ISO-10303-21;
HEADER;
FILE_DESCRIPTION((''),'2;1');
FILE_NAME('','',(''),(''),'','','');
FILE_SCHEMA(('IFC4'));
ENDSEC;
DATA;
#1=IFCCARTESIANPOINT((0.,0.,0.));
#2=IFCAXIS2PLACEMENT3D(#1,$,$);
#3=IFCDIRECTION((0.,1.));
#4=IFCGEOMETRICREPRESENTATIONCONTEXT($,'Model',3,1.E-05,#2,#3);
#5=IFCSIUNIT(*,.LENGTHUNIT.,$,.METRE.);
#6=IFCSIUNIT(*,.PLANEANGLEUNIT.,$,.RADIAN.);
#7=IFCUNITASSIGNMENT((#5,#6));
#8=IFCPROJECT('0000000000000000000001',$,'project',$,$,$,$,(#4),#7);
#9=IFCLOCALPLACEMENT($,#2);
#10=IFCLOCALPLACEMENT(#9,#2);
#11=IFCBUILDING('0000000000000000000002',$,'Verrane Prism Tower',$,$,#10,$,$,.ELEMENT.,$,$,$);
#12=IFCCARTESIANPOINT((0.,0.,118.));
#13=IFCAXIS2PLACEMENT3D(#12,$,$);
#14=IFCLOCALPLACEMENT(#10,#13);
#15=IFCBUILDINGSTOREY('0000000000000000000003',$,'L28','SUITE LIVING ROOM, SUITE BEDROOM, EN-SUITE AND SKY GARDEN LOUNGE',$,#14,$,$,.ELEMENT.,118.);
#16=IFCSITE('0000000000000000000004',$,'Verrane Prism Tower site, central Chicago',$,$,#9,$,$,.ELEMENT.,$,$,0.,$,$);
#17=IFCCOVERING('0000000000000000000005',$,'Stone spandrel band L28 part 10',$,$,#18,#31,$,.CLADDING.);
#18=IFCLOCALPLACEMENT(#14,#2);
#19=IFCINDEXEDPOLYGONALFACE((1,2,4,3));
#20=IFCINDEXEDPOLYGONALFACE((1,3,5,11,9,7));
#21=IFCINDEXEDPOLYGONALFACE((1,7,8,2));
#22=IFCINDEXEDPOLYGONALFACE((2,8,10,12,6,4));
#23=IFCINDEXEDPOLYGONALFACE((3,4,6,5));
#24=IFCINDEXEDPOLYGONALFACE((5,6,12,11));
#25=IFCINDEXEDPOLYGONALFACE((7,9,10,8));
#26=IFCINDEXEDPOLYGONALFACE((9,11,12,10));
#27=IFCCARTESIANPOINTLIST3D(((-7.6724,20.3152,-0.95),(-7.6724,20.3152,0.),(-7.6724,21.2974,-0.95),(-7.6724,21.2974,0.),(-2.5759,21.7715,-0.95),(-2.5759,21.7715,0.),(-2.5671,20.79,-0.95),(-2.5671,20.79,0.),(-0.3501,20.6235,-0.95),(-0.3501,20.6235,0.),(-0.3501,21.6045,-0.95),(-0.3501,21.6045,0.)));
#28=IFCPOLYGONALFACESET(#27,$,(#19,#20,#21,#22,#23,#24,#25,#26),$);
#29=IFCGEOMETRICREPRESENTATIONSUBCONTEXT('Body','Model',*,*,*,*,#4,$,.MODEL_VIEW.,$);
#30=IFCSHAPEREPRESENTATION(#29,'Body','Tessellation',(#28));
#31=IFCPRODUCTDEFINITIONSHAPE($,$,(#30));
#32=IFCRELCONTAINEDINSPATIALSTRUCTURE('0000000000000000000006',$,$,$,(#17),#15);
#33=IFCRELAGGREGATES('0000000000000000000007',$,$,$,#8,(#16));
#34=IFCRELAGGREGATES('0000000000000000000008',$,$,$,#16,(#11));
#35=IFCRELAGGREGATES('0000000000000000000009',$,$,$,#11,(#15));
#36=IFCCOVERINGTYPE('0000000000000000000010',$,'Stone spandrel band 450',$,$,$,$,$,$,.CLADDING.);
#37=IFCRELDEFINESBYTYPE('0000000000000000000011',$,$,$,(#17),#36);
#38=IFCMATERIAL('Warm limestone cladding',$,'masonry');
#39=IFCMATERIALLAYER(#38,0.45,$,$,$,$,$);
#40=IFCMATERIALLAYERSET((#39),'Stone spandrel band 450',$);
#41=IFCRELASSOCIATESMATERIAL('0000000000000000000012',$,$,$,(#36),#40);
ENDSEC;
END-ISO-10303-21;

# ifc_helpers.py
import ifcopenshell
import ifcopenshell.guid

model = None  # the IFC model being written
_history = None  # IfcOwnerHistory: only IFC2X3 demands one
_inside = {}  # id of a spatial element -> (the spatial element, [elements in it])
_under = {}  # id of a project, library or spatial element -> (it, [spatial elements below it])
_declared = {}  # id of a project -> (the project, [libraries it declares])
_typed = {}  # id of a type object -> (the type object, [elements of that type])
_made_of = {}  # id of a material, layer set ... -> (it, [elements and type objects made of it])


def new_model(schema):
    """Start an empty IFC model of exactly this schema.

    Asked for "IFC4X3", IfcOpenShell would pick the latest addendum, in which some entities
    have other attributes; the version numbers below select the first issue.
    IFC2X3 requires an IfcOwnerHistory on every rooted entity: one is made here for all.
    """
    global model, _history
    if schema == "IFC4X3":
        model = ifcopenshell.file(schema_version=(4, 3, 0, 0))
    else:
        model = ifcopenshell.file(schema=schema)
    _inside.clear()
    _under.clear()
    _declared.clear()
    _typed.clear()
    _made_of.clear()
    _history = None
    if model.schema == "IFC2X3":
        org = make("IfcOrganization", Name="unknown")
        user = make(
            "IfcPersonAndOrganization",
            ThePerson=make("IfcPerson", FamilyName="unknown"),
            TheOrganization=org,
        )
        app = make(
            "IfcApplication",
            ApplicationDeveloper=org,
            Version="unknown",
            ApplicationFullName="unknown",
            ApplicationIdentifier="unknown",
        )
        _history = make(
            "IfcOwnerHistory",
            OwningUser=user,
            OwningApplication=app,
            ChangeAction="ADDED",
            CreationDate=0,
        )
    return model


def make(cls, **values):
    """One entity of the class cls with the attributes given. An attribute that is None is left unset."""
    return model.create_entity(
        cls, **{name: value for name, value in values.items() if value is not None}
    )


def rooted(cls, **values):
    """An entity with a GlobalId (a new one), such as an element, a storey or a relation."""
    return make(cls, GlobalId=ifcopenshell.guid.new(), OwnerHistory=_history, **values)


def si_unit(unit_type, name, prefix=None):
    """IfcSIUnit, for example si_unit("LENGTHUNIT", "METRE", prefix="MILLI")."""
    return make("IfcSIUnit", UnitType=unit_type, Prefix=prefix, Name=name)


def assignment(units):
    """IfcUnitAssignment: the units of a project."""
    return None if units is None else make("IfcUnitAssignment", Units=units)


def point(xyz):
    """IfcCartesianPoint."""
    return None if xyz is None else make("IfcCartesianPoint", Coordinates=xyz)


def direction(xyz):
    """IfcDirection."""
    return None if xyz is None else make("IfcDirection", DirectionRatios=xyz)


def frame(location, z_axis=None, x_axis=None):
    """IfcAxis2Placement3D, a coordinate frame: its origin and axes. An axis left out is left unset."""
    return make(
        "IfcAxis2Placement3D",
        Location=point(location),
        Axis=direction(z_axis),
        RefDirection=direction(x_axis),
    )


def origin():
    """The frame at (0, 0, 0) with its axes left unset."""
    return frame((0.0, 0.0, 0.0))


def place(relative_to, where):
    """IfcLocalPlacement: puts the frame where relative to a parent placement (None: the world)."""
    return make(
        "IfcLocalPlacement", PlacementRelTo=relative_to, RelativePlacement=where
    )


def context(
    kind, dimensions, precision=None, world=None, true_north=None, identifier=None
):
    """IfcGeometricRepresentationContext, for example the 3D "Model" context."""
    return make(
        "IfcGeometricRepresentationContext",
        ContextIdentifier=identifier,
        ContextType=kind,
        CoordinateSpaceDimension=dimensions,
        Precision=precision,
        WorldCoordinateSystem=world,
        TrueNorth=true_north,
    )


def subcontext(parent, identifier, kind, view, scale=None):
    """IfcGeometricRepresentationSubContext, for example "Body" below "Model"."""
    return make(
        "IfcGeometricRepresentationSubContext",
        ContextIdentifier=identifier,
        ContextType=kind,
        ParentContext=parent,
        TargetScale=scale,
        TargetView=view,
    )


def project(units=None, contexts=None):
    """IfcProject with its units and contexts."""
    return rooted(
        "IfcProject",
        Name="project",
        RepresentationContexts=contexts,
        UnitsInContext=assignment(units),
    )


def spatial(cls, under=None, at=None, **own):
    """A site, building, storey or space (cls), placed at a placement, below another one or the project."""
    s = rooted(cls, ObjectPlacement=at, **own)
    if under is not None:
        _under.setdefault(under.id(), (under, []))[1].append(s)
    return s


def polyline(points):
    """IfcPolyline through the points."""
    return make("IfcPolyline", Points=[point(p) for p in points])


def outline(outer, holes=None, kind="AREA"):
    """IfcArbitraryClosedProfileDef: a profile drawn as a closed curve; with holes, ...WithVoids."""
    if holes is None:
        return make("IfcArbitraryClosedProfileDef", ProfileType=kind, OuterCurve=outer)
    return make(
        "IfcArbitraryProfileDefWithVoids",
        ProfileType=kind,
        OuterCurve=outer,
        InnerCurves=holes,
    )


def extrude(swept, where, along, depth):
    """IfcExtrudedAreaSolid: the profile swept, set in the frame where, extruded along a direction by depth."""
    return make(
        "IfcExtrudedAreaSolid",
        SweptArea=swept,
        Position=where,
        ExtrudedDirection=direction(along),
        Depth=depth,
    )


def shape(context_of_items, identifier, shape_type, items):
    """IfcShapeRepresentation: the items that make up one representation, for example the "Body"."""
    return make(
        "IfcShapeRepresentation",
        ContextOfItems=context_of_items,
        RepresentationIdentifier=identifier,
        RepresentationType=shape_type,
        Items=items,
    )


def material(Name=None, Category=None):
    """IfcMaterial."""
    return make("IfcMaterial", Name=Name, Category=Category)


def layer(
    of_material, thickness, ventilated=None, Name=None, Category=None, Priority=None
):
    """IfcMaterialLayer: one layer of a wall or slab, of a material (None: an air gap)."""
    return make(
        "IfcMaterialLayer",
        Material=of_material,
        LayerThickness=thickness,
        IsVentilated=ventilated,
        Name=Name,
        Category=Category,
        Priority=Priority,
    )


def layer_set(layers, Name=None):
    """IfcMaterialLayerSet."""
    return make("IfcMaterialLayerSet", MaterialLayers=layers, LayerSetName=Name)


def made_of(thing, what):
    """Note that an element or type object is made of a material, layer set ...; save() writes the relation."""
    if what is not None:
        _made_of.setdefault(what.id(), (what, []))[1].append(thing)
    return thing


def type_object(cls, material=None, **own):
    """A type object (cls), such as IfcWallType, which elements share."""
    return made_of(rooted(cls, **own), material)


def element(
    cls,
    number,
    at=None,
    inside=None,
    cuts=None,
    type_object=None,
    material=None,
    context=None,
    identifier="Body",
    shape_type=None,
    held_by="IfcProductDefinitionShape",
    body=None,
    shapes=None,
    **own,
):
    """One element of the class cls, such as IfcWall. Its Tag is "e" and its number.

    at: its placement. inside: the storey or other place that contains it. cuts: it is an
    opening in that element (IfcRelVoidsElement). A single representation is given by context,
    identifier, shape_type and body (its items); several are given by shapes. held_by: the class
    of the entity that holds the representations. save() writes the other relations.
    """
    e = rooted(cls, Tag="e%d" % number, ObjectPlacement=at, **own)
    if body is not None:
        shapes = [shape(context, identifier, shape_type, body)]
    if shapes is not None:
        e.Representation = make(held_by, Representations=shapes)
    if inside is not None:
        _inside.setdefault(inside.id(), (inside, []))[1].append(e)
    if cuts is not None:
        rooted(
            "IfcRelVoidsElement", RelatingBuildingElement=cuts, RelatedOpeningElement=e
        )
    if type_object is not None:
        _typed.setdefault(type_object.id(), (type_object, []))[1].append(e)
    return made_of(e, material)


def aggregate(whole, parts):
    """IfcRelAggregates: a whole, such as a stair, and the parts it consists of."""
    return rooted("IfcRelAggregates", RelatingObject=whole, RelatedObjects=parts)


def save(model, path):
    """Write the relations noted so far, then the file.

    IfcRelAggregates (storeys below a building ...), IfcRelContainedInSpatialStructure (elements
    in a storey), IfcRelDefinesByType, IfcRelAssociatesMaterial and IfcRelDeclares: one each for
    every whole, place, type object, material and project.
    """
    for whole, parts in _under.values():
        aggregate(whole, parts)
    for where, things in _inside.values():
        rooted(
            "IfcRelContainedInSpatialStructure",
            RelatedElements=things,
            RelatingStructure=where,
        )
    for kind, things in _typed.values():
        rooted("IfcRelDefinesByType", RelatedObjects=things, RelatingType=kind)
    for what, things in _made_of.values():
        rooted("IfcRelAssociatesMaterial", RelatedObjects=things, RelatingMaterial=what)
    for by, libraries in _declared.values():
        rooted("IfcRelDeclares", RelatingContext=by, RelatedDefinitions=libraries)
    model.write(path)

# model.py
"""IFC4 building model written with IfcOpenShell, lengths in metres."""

from ifc_helpers import new_model, si_unit, direction, frame, origin, place, context, subcontext, project, spatial, polyline, outline, extrude, material, layer, layer_set, type_object, element, save


model = new_model("IFC4")

# Units and contexts
model_context = context("Model", 3, precision=1e-05, world=origin(), true_north=direction((0.0, 1.0)))
body_context = subcontext(model_context, "Body", "Model", "MODEL_VIEW")
ifc_project = project(units=[si_unit("LENGTHUNIT", "METRE"), si_unit("PLANEANGLEUNIT", "RADIAN")], contexts=[model_context])

# Site, building, storey
site_placement = place(None, origin())
site = spatial("IfcSite", under=ifc_project, at=site_placement, Name="Verrane Prism Tower site, central Chicago", CompositionType="ELEMENT", RefElevation=0.0)
building_placement = place(site_placement, origin())
building = spatial("IfcBuilding", under=site, at=building_placement, Name="Verrane Prism Tower", CompositionType="ELEMENT")
storey_placement = place(building_placement, frame((0.0, 0.0, 118.0)))
storey = spatial("IfcBuildingStorey", under=building, at=storey_placement, Name="L28", Description="SUITE LIVING ROOM, SUITE BEDROOM, EN-SUITE AND SKY GARDEN LOUNGE", CompositionType="ELEMENT", Elevation=118.0)

# Covering
ifc_material_1 = material(Name="Warm limestone cladding", Category="masonry")
ifc_layer_1 = layer(ifc_material_1, 0.45)
ifc_layer_set_1 = layer_set([ifc_layer_1], Name="Stone spandrel band 450")
covering_type = type_object("IfcCoveringType", Name="Stone spandrel band 450", PredefinedType="CLADDING", material=ifc_layer_set_1)
covering_1_placement = place(storey_placement, frame((0.0, 0.0, -0.95)))
element("IfcCovering", 1, at=covering_1_placement, inside=storey, type_object=covering_type, Name="Stone spandrel band L28 part 10", PredefinedType="CLADDING", context=body_context, shape_type="SweptSolid", body=[
    extrude(outline(polyline([(-7.6724, 21.2974), (-7.6724, 20.3152), (-2.5671, 20.79), (-0.3501, 20.6235), (-0.3501, 21.6045), (-2.5759, 21.7715), (-7.6724, 21.2974)])), origin(), (0.0, 0.0, 1.0), 0.95),
])

save(model, "model.ifc")
